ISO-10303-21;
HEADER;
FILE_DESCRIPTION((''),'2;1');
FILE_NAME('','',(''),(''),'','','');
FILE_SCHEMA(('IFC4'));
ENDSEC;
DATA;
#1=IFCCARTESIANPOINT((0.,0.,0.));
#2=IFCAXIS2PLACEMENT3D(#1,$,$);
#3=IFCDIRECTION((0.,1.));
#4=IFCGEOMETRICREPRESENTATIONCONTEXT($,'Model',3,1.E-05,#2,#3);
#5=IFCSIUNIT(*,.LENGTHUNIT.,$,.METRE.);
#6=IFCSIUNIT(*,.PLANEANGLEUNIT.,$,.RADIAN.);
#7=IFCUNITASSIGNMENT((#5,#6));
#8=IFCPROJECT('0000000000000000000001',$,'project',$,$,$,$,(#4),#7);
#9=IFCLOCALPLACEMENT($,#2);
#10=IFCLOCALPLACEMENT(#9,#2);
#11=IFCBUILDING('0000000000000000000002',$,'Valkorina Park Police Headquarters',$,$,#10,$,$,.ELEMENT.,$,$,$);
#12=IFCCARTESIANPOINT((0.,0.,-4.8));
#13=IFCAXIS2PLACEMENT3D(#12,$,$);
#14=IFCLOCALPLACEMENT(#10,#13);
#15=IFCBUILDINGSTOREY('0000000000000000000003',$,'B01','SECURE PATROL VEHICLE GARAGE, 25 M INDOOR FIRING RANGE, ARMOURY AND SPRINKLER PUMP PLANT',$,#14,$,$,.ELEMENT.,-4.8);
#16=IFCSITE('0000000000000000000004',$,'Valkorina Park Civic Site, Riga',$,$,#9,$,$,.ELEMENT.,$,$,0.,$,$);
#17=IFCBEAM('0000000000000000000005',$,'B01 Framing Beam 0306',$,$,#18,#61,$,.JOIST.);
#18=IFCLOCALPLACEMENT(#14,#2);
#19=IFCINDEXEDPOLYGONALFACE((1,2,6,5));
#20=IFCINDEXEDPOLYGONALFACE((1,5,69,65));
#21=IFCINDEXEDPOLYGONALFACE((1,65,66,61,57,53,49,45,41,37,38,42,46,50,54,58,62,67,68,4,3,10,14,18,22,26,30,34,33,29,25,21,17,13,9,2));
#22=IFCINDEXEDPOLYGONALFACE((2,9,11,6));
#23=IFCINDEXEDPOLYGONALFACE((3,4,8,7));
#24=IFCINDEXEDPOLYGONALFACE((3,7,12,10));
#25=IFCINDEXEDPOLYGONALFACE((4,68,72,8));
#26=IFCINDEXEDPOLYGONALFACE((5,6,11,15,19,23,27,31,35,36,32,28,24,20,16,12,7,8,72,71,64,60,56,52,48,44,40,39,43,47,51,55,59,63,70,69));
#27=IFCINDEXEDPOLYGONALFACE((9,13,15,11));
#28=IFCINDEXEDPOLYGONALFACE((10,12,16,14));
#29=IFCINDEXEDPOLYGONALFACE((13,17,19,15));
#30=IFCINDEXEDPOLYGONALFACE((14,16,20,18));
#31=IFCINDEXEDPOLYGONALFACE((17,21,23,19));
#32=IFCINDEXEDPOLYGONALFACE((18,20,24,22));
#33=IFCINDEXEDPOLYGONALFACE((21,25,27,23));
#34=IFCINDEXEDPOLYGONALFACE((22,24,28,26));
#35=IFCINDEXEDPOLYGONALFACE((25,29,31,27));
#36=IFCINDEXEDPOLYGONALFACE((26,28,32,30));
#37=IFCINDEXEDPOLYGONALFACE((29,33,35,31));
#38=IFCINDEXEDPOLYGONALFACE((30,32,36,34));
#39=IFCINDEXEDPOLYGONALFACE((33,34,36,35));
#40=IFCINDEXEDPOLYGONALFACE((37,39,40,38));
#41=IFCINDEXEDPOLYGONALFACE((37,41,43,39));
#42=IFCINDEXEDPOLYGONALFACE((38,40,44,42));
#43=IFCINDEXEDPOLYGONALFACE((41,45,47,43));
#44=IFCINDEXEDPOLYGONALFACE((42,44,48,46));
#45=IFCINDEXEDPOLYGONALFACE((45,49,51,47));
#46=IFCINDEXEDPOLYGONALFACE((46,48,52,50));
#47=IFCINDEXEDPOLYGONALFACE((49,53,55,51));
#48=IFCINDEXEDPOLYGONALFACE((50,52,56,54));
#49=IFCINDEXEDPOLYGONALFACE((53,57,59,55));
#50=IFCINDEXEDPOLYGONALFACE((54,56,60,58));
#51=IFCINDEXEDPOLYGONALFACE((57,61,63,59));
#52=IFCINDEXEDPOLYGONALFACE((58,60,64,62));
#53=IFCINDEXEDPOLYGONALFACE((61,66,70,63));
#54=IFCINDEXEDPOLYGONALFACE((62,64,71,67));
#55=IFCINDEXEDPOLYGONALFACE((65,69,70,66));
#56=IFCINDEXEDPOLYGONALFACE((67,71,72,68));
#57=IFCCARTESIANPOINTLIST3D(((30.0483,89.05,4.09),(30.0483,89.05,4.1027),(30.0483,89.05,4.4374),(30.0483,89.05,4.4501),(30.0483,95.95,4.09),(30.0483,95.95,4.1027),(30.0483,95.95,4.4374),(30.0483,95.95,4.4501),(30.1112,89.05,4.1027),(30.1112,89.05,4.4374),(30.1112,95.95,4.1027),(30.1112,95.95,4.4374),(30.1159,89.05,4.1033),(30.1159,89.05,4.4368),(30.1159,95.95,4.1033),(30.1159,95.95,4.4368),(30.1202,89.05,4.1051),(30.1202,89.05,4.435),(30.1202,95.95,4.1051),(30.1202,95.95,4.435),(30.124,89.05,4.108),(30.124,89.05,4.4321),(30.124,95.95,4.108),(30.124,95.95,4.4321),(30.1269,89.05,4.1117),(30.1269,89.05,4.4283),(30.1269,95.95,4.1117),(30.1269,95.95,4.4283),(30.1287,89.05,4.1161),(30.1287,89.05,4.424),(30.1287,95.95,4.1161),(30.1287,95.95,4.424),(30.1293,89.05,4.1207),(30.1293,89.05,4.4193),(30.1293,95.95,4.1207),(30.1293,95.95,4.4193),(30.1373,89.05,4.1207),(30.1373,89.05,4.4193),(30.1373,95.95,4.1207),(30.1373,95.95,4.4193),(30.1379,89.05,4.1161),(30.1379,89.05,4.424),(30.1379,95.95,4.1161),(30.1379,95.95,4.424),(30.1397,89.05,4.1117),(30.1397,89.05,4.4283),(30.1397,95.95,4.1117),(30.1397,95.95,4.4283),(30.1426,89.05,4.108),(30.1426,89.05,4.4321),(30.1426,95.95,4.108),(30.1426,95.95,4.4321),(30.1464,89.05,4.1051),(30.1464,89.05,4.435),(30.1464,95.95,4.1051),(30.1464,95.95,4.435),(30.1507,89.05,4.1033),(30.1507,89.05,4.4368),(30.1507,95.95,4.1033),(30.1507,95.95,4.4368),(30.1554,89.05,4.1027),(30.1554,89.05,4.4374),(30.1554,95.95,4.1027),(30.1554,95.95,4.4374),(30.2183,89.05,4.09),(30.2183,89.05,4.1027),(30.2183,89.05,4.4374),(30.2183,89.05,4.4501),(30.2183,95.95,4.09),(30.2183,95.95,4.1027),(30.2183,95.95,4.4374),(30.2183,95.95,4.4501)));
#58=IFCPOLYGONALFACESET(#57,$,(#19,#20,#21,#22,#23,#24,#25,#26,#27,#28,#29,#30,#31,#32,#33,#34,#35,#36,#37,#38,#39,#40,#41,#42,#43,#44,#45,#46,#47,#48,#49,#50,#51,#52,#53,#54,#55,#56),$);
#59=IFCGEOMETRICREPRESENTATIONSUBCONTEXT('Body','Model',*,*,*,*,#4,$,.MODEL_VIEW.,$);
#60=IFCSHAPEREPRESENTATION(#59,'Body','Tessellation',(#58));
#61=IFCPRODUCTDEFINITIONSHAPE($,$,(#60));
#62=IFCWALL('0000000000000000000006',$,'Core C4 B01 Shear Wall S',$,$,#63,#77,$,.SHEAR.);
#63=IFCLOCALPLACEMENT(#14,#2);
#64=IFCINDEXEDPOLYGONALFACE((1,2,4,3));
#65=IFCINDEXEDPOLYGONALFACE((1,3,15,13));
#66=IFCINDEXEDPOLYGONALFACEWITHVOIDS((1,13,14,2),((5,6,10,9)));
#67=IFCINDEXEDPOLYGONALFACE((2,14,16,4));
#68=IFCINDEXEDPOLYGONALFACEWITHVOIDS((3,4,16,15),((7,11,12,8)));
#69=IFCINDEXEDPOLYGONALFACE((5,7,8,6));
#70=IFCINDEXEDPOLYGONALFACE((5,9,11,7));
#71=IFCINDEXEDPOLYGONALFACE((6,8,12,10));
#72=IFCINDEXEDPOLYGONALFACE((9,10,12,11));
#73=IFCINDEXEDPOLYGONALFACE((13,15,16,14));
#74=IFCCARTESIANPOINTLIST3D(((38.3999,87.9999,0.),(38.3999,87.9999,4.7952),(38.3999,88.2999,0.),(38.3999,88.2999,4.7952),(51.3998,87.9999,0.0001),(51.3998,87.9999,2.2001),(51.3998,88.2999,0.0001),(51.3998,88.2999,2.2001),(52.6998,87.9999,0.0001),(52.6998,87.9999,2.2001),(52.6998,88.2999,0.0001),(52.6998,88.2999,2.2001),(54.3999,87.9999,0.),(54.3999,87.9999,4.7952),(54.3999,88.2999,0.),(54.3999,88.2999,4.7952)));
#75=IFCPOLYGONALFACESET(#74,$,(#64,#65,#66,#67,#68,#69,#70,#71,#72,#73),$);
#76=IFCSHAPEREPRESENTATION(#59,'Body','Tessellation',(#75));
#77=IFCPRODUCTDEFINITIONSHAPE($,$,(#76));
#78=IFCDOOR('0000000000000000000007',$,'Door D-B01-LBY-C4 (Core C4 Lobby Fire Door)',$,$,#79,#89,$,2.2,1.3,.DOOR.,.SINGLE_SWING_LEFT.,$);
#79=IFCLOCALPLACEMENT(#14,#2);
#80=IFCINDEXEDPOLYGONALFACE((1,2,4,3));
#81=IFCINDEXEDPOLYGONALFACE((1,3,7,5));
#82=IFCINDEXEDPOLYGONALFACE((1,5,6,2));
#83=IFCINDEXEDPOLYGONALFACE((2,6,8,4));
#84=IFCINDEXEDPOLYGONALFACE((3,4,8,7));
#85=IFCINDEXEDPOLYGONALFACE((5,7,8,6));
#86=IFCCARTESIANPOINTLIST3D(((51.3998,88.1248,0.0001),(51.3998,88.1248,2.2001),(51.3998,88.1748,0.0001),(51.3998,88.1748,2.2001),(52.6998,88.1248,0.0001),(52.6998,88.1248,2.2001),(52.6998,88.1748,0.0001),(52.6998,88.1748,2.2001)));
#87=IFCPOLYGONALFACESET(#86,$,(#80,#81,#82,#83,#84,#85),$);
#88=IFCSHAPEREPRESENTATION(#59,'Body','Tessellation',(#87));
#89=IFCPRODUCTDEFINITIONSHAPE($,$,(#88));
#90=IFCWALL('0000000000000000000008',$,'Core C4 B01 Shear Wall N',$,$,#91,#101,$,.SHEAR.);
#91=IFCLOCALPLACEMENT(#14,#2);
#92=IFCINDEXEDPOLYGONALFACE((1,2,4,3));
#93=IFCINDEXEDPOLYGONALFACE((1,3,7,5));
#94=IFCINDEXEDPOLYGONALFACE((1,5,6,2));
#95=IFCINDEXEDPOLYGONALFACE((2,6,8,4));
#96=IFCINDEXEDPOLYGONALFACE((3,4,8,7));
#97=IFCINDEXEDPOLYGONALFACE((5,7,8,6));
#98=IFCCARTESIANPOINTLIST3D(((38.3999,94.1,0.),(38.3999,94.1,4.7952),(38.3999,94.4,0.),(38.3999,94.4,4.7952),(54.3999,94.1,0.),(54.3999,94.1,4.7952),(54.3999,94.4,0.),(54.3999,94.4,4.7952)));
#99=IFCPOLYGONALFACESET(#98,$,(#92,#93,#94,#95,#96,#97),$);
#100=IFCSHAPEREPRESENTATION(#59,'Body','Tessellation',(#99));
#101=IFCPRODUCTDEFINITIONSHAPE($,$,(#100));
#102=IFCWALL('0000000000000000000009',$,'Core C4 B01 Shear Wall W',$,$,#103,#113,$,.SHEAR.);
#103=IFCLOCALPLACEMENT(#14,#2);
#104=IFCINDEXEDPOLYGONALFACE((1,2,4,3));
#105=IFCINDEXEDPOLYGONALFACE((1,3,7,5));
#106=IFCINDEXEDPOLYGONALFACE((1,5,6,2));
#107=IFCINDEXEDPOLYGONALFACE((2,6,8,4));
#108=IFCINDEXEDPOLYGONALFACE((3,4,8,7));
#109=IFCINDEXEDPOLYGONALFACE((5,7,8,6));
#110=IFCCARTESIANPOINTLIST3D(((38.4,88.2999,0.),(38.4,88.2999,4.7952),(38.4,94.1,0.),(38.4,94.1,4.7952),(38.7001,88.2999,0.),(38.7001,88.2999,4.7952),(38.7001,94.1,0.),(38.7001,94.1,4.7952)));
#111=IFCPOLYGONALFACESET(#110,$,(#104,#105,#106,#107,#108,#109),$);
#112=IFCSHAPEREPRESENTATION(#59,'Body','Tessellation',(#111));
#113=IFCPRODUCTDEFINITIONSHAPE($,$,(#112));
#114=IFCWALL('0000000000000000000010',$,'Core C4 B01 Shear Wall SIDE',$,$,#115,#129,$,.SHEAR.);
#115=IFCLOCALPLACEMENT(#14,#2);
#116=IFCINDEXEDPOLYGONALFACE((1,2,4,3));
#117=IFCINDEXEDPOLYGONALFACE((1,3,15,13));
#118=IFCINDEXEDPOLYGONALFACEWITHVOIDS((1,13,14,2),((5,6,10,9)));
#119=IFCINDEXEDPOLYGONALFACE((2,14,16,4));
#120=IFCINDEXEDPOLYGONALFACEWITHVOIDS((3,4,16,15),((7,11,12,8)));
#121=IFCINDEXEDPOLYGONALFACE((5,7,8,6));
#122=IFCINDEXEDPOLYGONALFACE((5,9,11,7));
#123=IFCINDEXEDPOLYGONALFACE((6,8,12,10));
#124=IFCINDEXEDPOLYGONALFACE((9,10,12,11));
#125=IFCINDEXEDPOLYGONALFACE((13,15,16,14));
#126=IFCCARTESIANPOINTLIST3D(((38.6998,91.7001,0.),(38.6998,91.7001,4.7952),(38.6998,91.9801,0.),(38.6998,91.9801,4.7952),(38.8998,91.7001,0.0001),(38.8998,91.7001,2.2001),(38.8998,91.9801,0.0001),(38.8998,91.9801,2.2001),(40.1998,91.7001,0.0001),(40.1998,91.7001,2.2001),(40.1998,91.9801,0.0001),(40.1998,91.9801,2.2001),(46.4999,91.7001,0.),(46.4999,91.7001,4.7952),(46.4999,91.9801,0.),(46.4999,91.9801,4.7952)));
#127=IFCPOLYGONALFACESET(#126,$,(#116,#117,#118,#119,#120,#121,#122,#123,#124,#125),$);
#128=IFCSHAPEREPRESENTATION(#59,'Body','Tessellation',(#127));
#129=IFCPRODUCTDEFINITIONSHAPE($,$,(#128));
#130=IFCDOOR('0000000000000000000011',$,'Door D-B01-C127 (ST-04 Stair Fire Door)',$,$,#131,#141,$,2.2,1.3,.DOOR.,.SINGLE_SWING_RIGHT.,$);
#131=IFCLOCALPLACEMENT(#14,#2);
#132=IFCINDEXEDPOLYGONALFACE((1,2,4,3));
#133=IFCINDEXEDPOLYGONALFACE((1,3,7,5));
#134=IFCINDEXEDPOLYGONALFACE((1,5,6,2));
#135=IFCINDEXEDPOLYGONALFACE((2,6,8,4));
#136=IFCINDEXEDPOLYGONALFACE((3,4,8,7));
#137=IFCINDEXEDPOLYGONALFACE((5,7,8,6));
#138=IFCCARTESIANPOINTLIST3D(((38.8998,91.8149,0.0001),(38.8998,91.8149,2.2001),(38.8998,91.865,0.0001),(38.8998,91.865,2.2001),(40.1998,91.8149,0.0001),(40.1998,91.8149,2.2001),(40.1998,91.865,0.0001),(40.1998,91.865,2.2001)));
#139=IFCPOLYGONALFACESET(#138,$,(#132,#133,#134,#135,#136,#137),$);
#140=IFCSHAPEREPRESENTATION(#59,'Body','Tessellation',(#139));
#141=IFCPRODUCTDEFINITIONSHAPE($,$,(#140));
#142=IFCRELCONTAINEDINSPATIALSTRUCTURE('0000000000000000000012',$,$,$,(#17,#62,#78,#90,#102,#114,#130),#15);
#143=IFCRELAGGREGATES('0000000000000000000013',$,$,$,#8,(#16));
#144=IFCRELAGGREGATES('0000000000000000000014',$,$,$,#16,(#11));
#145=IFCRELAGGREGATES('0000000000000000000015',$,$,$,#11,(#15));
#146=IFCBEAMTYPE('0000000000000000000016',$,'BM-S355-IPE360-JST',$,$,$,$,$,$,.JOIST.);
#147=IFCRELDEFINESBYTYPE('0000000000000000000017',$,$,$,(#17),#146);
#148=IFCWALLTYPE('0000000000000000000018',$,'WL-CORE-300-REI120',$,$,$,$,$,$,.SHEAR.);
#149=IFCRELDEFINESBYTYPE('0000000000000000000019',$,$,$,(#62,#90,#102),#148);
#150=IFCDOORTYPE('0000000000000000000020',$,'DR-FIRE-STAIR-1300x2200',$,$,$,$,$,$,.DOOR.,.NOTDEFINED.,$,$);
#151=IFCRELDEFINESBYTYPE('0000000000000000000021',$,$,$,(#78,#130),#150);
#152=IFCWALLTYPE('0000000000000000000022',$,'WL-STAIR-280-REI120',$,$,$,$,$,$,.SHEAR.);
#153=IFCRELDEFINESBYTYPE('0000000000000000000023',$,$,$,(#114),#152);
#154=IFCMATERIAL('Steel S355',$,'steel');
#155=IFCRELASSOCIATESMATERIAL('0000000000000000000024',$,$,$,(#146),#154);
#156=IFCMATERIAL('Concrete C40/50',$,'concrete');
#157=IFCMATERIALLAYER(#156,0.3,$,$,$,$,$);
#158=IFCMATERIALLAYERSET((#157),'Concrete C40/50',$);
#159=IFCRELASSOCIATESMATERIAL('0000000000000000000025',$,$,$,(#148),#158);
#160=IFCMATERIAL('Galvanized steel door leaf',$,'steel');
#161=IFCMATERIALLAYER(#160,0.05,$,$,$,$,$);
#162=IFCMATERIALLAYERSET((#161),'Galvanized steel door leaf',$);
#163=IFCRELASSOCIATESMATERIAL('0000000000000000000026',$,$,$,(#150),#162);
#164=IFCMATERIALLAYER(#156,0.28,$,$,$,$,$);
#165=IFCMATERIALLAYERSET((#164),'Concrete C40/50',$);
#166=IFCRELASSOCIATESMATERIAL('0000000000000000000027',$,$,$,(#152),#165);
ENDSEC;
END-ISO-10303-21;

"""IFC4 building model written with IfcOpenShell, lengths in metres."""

from ifc_helpers import new_model, si_unit, direction, frame, frame_2d, origin, origin_2d, place, context, subcontext, project, spatial, rectangle, i_section, extrude, material, layer, layer_set, material_profile, profile_set, type_object, element, fill, save


model = new_model("IFC4")

# Units and contexts
model_context = context("Model", 3, precision=1e-05, world=origin(), true_north=direction((0.0, 1.0)))
body_context = subcontext(model_context, "Body", "Model", "MODEL_VIEW")
ifc_project = project(units=[si_unit("LENGTHUNIT", "METRE"), si_unit("PLANEANGLEUNIT", "RADIAN")], contexts=[model_context])

# Site, building, storey
site_placement = place(None, origin())
site = spatial("IfcSite", under=ifc_project, at=site_placement, Name="Valkorina Park Civic Site, Riga", CompositionType="ELEMENT", RefElevation=0.0)
building_placement = place(site_placement, origin())
building = spatial("IfcBuilding", under=site, at=building_placement, Name="Valkorina Park Police Headquarters", CompositionType="ELEMENT")
storey_placement = place(building_placement, frame((0.0, 0.0, -4.8)))
storey = spatial("IfcBuildingStorey", under=building, at=storey_placement, Name="B01", Description="SECURE PATROL VEHICLE GARAGE, 25 M INDOOR FIRING RANGE, ARMOURY AND SPRINKLER PUMP PLANT", CompositionType="ELEMENT", Elevation=-4.8)

# Shared definitions
ifc_material_1 = material(Name="Concrete C40/50", Category="concrete")

# Beam
ifc_material_2 = material(Name="Steel S355", Category="steel")
ifc_material_profile_1 = material_profile(ifc_material_2, i_section(OverallWidth=0.1699, OverallDepth=0.3601, WebThickness=0.0081, FlangeThickness=0.0127, FilletRadius=0.0181, at=origin_2d()), Name="IPE 360")
ifc_profile_set_1 = profile_set([ifc_material_profile_1], Name="Steel S355")
beam_type_1 = type_object("IfcBeamType", Name="BM-S355-IPE360-JST", PredefinedType="JOIST", material=ifc_profile_set_1)
for number, where, z_axis, x_axis, name in (
    (1, (30.1333, 89.05, 4.27), (0.0, 1.0, 0.0), (-1.0, 0.0, 0.0), "B01 Framing Beam 0306"),
):
    element("IfcBeam", number, at=place(storey_placement, frame(where, z_axis=z_axis, x_axis=x_axis)), inside=storey, type_object=beam_type_1, Name=name, PredefinedType="JOIST", context=body_context, shape_type="SweptSolid", body=[
        extrude(i_section(OverallWidth=0.1699, OverallDepth=0.3601, WebThickness=0.0081, FlangeThickness=0.0127, FilletRadius=0.0181, at=origin_2d()), origin(), (0.0, 0.0, 1.0), 6.8999),
    ])

# Wall, opening, door
ifc_layer_1 = layer(ifc_material_1, 0.3)
ifc_layer_set_1 = layer_set([ifc_layer_1], Name="Concrete C40/50")
wall_type_1 = type_object("IfcWallType", Name="WL-CORE-300-REI120", PredefinedType="SHEAR", material=ifc_layer_set_1)
wall_1_placement = place(storey_placement, frame((38.3999, 88.1499, 0.0), z_axis=(0.0, 0.0, 1.0), x_axis=(1.0, 0.0, 0.0)))
wall_1 = element("IfcWall", 2, at=wall_1_placement, inside=storey, type_object=wall_type_1, Name="Core C4 B01 Shear Wall S", PredefinedType="SHEAR", context=body_context, shape_type="SweptSolid", body=[
    extrude(rectangle(XDim=16.0, YDim=0.3, at=frame_2d((8.0, 0.0))), origin(), (0.0, 0.0, 1.0), 4.7952),
])
opening_1_placement = place(wall_1_placement, frame((13.0, 0.0, 0.0)))
opening_1 = element("IfcOpeningElement", 3, at=opening_1_placement, cuts=wall_1, PredefinedType="OPENING", context=body_context, shape_type="SweptSolid", body=[
    extrude(rectangle(XDim=1.3, YDim=2.2, at=frame_2d((0.6499, 1.1001))), frame((0.0, 0.1602, 0.0), z_axis=(0.0, -1.0, 0.0), x_axis=(1.0, 0.0, 0.0)), (0.0, 0.0, 1.0), 0.3201),
])
ifc_material_3 = material(Name="Galvanized steel door leaf", Category="steel")
ifc_layer_2 = layer(ifc_material_3, 0.05)
ifc_layer_set_2 = layer_set([ifc_layer_2], Name="Galvanized steel door leaf")
door_type = type_object("IfcDoorType", Name="DR-FIRE-STAIR-1300x2200", OperationType="NOTDEFINED", PredefinedType="DOOR", material=ifc_layer_set_2)
door_1_placement = place(opening_1_placement, origin())
door_1 = element("IfcDoor", 4, at=door_1_placement, inside=storey, type_object=door_type, Name="Door D-B01-LBY-C4 (Core C4 Lobby Fire Door)", OperationType="SINGLE_SWING_LEFT", OverallHeight=2.2, OverallWidth=1.3, PredefinedType="DOOR", context=body_context, shape_type="SweptSolid", body=[
    extrude(rectangle(XDim=1.3, YDim=2.2, at=frame_2d((0.6499, 1.1001))), frame((0.0, 0.0249, 0.0), z_axis=(0.0, -1.0, 0.0), x_axis=(1.0, 0.0, 0.0)), (0.0, 0.0, 1.0), 0.05),
])
fill(opening_1, door_1)

# Walls
wall_2_placement = place(storey_placement, frame((38.3999, 94.25, 0.0), z_axis=(0.0, 0.0, 1.0), x_axis=(1.0, 0.0, 0.0)))
element("IfcWall", 5, at=wall_2_placement, inside=storey, type_object=wall_type_1, Name="Core C4 B01 Shear Wall N", PredefinedType="SHEAR", context=body_context, shape_type="SweptSolid", body=[
    extrude(rectangle(XDim=16.0, YDim=0.3, at=frame_2d((8.0, 0.0))), origin(), (0.0, 0.0, 1.0), 4.7952),
])
wall_3_placement = place(storey_placement, frame((38.55, 88.3, 0.0), z_axis=(0.0, 0.0, 1.0), x_axis=(0.0, 1.0, 0.0)))
element("IfcWall", 6, at=wall_3_placement, inside=storey, type_object=wall_type_1, Name="Core C4 B01 Shear Wall W", PredefinedType="SHEAR", context=body_context, shape_type="SweptSolid", body=[
    extrude(rectangle(XDim=5.8, YDim=0.3, at=frame_2d((2.8999, 0.0))), origin(), (0.0, 0.0, 1.0), 4.7952),
])

# Wall, opening, door
ifc_layer_3 = layer(ifc_material_1, 0.28)
ifc_layer_set_3 = layer_set([ifc_layer_3], Name="Concrete C40/50")
wall_type_2 = type_object("IfcWallType", Name="WL-STAIR-280-REI120", PredefinedType="SHEAR", material=ifc_layer_set_3)
wall_4_placement = place(storey_placement, frame((38.7, 91.8401, 0.0), z_axis=(0.0, 0.0, 1.0), x_axis=(1.0, 0.0, 0.0)))
wall_4 = element("IfcWall", 7, at=wall_4_placement, inside=storey, type_object=wall_type_2, Name="Core C4 B01 Shear Wall SIDE", PredefinedType="SHEAR", context=body_context, shape_type="SweptSolid", body=[
    extrude(rectangle(XDim=7.8, YDim=0.28, at=frame_2d((3.8999, 0.0))), origin(), (0.0, 0.0, 1.0), 4.7952),
])
opening_2_placement = place(wall_4_placement, frame((0.2, 0.0, 0.0)))
opening_2 = element("IfcOpeningElement", 8, at=opening_2_placement, cuts=wall_4, PredefinedType="OPENING", context=body_context, shape_type="SweptSolid", body=[
    extrude(rectangle(XDim=1.3, YDim=2.2, at=frame_2d((0.6499, 1.1001))), frame((0.0, 0.1499, 0.0), z_axis=(0.0, -1.0, 0.0), x_axis=(1.0, 0.0, 0.0)), (0.0, 0.0, 1.0), 0.3),
])
door_2_placement = place(opening_2_placement, origin())
door_2 = element("IfcDoor", 9, at=door_2_placement, inside=storey, type_object=door_type, Name="Door D-B01-C127 (ST-04 Stair Fire Door)", OperationType="SINGLE_SWING_RIGHT", OverallHeight=2.2, OverallWidth=1.3, PredefinedType="DOOR", context=body_context, shape_type="SweptSolid", body=[
    extrude(rectangle(XDim=1.3, YDim=2.2, at=frame_2d((0.6499, 1.1001))), frame((0.0, 0.0249, 0.0), z_axis=(0.0, -1.0, 0.0), x_axis=(1.0, 0.0, 0.0)), (0.0, 0.0, 1.0), 0.05),
])
fill(opening_2, door_2)

save(model, "model.ifc")
